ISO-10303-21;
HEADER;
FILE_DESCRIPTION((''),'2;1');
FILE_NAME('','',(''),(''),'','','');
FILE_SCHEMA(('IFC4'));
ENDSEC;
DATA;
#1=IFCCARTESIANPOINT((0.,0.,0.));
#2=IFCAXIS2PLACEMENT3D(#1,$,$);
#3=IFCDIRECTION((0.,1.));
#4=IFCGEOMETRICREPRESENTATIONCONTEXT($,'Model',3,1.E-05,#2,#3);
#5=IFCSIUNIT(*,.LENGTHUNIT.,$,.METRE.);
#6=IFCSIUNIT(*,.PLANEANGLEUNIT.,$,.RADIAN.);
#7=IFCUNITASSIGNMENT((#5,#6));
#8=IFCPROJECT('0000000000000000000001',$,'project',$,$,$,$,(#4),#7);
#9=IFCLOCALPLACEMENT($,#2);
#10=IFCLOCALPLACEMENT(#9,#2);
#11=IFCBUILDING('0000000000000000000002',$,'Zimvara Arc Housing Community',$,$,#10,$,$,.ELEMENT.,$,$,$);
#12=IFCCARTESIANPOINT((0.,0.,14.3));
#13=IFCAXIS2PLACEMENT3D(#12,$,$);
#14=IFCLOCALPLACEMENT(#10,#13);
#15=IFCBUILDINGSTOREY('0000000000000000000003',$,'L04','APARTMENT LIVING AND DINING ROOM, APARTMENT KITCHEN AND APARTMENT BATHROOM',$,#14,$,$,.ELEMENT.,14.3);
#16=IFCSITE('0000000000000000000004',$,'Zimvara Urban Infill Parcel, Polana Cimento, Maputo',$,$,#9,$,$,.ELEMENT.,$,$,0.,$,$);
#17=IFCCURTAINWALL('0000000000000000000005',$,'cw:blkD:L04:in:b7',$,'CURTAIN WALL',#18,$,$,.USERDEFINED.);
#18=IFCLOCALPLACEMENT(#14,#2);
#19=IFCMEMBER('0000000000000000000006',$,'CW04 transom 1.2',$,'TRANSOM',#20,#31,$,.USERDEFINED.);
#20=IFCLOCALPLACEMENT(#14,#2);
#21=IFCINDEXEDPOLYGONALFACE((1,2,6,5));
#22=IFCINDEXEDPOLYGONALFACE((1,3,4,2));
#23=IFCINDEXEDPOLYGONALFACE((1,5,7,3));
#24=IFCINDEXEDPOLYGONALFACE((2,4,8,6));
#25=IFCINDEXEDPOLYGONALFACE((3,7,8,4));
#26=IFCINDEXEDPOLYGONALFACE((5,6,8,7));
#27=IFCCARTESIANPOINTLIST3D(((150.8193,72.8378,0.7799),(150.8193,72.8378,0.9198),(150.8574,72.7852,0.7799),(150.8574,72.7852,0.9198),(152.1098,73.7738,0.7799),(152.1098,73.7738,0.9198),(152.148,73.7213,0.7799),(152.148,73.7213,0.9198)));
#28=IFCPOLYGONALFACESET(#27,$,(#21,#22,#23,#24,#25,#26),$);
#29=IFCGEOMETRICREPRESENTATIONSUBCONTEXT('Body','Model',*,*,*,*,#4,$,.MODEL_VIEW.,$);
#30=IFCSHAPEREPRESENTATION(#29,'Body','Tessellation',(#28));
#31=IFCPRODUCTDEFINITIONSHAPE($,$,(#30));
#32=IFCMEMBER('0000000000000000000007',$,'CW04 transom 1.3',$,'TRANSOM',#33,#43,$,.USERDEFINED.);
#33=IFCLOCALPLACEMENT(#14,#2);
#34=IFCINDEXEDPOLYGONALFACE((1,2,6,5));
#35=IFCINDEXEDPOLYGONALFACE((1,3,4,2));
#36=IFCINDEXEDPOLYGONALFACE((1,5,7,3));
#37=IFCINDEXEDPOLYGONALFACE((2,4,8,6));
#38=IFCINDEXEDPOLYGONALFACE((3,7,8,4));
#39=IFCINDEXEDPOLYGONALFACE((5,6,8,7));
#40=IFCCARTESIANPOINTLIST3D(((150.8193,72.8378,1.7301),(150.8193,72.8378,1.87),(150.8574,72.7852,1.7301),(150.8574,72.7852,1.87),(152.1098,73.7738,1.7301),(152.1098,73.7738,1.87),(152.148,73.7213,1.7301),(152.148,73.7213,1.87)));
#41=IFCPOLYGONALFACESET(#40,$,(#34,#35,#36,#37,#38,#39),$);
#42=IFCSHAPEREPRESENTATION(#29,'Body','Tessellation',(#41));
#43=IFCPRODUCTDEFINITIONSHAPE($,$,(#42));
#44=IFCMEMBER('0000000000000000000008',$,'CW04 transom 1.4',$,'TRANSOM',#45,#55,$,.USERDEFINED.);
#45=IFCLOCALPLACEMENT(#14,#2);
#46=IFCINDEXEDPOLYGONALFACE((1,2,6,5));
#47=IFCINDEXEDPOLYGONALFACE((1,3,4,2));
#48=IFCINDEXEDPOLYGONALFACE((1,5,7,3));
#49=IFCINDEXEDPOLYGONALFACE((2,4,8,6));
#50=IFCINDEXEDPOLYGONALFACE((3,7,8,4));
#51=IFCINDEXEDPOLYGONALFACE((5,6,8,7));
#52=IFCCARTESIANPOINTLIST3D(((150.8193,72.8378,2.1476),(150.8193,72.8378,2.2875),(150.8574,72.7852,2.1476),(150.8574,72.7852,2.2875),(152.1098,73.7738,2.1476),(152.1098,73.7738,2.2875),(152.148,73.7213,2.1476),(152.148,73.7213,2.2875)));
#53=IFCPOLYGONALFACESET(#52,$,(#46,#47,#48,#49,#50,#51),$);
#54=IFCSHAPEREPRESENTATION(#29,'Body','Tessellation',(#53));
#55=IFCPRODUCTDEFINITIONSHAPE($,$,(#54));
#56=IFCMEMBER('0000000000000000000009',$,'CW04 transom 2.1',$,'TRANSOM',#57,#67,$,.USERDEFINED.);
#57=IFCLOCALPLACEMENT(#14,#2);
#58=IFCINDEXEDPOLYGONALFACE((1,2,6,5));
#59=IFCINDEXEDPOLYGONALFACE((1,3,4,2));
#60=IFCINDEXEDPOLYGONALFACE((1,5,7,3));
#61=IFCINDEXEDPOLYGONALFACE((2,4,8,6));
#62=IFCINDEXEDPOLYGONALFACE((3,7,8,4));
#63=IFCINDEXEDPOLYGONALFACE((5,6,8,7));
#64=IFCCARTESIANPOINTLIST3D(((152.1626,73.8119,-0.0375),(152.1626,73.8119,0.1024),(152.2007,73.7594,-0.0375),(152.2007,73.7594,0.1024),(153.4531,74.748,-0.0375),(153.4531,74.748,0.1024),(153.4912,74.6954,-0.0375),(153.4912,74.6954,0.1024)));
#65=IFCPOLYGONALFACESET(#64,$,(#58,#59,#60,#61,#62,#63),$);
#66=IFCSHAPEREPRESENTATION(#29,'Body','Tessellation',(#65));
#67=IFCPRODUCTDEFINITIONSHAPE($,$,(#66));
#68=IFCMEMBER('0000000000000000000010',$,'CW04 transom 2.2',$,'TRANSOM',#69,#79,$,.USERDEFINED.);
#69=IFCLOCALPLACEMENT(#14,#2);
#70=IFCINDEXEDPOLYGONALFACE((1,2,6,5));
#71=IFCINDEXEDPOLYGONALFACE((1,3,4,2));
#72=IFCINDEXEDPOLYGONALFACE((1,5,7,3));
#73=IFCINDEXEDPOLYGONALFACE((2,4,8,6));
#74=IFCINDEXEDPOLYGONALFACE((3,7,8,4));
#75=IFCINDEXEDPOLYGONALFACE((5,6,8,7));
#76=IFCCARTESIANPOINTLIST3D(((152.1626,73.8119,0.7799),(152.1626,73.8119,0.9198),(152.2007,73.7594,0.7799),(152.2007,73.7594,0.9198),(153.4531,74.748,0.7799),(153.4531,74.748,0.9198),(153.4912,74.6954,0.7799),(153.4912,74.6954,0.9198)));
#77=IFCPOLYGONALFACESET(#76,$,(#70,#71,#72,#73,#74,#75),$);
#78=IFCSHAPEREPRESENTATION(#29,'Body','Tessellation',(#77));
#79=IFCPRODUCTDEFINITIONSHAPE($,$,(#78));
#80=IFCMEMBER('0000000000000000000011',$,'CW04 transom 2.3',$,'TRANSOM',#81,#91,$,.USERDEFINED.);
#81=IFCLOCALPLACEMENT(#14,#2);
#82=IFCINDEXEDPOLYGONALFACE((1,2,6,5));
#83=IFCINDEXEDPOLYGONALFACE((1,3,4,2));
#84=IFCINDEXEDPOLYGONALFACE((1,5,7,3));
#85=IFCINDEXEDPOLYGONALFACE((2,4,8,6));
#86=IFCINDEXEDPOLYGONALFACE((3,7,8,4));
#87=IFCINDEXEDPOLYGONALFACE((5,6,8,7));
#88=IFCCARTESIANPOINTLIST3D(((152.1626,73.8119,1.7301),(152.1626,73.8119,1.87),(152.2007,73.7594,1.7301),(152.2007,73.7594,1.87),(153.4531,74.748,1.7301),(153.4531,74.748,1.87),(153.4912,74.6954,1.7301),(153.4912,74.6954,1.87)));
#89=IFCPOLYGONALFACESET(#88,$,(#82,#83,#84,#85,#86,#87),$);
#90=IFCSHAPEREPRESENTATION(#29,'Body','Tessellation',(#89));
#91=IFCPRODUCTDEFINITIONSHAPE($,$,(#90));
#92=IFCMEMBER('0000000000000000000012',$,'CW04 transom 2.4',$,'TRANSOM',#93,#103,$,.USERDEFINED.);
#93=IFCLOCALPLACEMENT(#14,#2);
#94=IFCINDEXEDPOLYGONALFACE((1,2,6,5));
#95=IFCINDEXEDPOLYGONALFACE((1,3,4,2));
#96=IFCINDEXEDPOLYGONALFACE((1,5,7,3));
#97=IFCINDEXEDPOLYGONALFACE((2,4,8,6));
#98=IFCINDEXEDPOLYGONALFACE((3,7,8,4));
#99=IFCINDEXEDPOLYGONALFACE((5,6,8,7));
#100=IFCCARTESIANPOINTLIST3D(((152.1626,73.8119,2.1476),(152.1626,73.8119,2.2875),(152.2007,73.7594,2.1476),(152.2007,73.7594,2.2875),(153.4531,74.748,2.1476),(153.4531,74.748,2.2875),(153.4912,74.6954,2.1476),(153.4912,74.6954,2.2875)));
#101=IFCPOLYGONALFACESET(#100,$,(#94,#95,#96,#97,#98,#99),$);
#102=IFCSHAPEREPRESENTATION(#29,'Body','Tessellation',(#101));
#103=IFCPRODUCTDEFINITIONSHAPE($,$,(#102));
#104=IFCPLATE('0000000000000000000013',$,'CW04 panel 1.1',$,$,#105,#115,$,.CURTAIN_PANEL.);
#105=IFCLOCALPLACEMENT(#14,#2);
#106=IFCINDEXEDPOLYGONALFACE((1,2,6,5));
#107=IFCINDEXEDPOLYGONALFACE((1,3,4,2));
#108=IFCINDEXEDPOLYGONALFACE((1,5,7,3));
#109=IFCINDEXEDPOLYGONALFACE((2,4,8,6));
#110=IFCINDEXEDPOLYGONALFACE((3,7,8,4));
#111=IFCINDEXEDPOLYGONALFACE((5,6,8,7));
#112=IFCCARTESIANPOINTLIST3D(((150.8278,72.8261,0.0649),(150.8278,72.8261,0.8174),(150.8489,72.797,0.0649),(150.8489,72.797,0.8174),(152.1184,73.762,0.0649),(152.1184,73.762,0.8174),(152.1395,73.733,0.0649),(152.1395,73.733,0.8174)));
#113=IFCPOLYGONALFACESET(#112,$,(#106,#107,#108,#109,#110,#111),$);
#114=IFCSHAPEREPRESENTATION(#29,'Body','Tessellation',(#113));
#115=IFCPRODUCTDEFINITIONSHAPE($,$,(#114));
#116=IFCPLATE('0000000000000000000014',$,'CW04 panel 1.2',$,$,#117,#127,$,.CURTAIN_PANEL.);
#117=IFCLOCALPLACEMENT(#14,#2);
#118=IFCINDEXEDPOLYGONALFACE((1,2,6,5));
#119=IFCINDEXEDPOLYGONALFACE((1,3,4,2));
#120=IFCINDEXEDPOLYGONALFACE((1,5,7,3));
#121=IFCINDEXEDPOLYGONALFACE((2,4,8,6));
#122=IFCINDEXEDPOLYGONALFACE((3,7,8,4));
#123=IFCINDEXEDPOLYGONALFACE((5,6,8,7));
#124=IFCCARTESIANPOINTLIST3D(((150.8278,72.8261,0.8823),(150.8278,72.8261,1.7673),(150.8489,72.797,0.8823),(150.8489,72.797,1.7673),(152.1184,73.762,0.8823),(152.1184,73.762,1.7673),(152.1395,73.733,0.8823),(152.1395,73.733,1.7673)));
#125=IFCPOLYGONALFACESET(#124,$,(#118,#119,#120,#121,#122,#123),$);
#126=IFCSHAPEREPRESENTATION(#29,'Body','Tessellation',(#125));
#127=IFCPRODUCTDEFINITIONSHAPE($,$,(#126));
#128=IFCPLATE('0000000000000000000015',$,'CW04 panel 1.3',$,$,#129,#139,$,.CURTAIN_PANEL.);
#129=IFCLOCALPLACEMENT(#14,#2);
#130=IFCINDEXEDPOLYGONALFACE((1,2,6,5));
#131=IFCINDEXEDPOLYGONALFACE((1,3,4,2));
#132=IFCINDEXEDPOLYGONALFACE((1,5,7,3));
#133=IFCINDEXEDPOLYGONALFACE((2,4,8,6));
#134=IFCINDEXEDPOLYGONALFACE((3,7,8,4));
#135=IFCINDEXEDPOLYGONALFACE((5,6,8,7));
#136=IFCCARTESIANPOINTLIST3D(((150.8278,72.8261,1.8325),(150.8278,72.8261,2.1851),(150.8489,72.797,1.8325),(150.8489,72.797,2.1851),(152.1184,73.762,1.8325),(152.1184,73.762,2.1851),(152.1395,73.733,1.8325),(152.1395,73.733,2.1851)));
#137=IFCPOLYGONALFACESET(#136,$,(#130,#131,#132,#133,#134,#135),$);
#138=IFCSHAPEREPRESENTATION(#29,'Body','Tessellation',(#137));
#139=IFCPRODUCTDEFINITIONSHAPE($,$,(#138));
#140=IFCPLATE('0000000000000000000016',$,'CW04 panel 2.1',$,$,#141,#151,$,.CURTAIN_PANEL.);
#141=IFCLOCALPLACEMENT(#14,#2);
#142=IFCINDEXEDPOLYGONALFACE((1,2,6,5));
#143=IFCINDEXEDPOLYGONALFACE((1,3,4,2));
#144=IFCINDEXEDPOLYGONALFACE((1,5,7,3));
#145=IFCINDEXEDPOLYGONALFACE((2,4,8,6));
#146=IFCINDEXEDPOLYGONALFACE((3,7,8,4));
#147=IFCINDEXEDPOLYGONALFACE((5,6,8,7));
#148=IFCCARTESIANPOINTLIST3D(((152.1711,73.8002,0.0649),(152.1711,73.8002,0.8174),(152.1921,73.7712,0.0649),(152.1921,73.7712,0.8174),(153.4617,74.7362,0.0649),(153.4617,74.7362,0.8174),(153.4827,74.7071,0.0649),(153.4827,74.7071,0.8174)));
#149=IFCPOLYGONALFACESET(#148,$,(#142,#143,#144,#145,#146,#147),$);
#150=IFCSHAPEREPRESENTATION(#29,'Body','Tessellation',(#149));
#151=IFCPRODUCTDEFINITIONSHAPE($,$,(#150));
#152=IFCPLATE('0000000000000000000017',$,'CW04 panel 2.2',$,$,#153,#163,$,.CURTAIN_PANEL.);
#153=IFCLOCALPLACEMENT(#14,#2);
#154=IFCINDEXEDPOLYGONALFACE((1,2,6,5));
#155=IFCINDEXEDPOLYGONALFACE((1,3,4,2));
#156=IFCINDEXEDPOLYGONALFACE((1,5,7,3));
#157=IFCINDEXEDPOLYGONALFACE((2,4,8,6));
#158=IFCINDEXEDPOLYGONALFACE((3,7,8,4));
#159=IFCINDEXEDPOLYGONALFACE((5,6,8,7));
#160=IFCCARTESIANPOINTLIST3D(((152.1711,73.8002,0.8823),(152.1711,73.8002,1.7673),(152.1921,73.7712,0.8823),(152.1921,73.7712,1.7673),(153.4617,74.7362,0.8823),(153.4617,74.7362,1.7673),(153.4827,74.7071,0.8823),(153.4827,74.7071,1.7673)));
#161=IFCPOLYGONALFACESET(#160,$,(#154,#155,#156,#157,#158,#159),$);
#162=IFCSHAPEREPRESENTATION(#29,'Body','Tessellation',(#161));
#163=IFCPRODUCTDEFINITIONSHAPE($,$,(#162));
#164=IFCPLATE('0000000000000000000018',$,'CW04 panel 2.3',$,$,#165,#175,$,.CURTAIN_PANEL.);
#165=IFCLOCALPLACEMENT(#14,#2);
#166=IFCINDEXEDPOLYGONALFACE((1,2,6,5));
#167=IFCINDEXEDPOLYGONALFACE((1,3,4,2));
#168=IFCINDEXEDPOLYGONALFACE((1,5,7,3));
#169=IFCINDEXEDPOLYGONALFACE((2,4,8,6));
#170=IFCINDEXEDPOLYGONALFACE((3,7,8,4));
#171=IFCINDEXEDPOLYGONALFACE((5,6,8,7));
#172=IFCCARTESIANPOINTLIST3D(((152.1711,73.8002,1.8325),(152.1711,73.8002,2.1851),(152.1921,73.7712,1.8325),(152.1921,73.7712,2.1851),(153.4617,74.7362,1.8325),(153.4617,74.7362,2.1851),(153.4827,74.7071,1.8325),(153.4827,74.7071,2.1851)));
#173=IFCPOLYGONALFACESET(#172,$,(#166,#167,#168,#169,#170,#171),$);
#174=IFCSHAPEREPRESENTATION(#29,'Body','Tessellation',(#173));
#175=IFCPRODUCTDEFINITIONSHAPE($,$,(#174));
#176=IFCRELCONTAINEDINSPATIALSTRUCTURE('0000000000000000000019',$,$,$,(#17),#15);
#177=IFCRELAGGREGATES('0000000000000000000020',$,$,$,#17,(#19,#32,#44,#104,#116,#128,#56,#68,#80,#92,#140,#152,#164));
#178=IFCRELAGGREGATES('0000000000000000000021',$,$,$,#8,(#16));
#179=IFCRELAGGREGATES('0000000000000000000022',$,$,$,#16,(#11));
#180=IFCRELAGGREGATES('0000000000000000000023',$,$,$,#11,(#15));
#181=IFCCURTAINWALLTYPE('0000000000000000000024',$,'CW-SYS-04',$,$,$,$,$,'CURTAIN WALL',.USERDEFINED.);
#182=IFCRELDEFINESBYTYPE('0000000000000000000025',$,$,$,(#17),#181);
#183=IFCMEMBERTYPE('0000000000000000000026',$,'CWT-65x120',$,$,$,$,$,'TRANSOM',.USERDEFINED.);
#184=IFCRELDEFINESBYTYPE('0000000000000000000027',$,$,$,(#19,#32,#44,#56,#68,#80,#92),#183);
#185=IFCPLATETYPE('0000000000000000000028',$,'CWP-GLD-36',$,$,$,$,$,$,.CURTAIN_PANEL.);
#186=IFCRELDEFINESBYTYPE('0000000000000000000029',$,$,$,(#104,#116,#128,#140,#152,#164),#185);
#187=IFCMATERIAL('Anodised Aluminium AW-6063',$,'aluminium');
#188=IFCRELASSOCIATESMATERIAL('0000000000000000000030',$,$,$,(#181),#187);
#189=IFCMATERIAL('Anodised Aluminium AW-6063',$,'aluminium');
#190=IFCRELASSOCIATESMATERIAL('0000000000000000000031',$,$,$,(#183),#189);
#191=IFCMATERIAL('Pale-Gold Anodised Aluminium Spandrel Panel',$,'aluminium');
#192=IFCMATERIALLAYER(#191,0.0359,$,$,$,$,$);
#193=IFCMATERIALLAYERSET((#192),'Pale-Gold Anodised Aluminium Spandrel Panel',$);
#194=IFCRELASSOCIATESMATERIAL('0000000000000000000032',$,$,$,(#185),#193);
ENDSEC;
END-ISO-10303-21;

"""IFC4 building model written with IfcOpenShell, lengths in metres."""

from ifc_helpers import new_model, si_unit, direction, frame, origin, origin_2d, place, context, subcontext, project, spatial, rectangle, extrude, material, layer, layer_set, material_profile, profile_set, type_object, element, aggregate, save


model = new_model("IFC4")

# Units and contexts
model_context = context("Model", 3, precision=1e-05, world=origin(), true_north=direction((0.0, 1.0)))
body_context = subcontext(model_context, "Body", "Model", "MODEL_VIEW")
ifc_project = project(units=[si_unit("LENGTHUNIT", "METRE"), si_unit("PLANEANGLEUNIT", "RADIAN")], contexts=[model_context])

# Site, building, storey
site_placement = place(None, origin())
site = spatial("IfcSite", under=ifc_project, at=site_placement, Name="Zimvara Urban Infill Parcel, Polana Cimento, Maputo", CompositionType="ELEMENT", RefElevation=0.0)
building_placement = place(site_placement, origin())
building = spatial("IfcBuilding", under=site, at=building_placement, Name="Zimvara Arc Housing Community", CompositionType="ELEMENT")
storey_placement = place(building_placement, frame((0.0, 0.0, 14.3)))
storey = spatial("IfcBuildingStorey", under=building, at=storey_placement, Name="L04", Description="APARTMENT LIVING AND DINING ROOM, APARTMENT KITCHEN AND APARTMENT BATHROOM", CompositionType="ELEMENT", Elevation=14.3)

# Curtain wall, members, plates
ifc_material_1 = material(Name="Anodised Aluminium AW-6063", Category="aluminium")
curtain_wall_type = type_object("IfcCurtainWallType", Name="CW-SYS-04", ElementType="CURTAIN WALL", PredefinedType="USERDEFINED", material=ifc_material_1)
curtain_wall_placement = place(storey_placement, origin())
curtain_wall = element("IfcCurtainWall", 1, at=curtain_wall_placement, inside=storey, type_object=curtain_wall_type, Name="cw:blkD:L04:in:b7", ObjectType="CURTAIN WALL", PredefinedType="USERDEFINED")
ifc_material_2 = material(Name="Anodised Aluminium AW-6063", Category="aluminium")
ifc_material_profile_1 = material_profile(ifc_material_2, rectangle(XDim=0.0649, YDim=0.1399, at=origin_2d()), Name="ALU 65x140")
ifc_profile_set_1 = profile_set([ifc_material_profile_1], Name="Anodised Aluminium AW-6063")
member_type_1 = type_object("IfcMemberType", Name="CWT-65x120", ElementType="TRANSOM", PredefinedType="USERDEFINED", material=ifc_profile_set_1)
member_1_placement = place(storey_placement, frame((150.8384, 72.8115, 0.8499), z_axis=(0.80949, 0.587133, 0.0), x_axis=(-0.587133, 0.80949, 0.0)))
member_1 = element("IfcMember", 2, at=member_1_placement, type_object=member_type_1, Name="CW04 transom 1.2", ObjectType="TRANSOM", PredefinedType="USERDEFINED", context=body_context, shape_type="SweptSolid", body=[
    extrude(rectangle(XDim=0.0649, YDim=0.1399, at=origin_2d()), origin(), (0.0, 0.0, 1.0), 1.5942),
])
member_2_placement = place(storey_placement, frame((150.8384, 72.8115, 1.8), z_axis=(0.80949, 0.587133, 0.0), x_axis=(-0.587133, 0.80949, 0.0)))
member_2 = element("IfcMember", 3, at=member_2_placement, type_object=member_type_1, Name="CW04 transom 1.3", ObjectType="TRANSOM", PredefinedType="USERDEFINED", context=body_context, shape_type="SweptSolid", body=[
    extrude(rectangle(XDim=0.0649, YDim=0.1399, at=origin_2d()), origin(), (0.0, 0.0, 1.0), 1.5942),
])
member_3_placement = place(storey_placement, frame((150.8384, 72.8115, 2.2175), z_axis=(0.80949, 0.587133, 0.0), x_axis=(-0.587133, 0.80949, 0.0)))
member_3 = element("IfcMember", 4, at=member_3_placement, type_object=member_type_1, Name="CW04 transom 1.4", ObjectType="TRANSOM", PredefinedType="USERDEFINED", context=body_context, shape_type="SweptSolid", body=[
    extrude(rectangle(XDim=0.0649, YDim=0.1399, at=origin_2d()), origin(), (0.0, 0.0, 1.0), 1.5942),
])
member_4_placement = place(storey_placement, frame((152.1816, 73.7856, 0.0325), z_axis=(0.80949, 0.587133, 0.0), x_axis=(-0.587133, 0.80949, 0.0)))
member_4 = element("IfcMember", 5, at=member_4_placement, type_object=member_type_1, Name="CW04 transom 2.1", ObjectType="TRANSOM", PredefinedType="USERDEFINED", context=body_context, shape_type="SweptSolid", body=[
    extrude(rectangle(XDim=0.0649, YDim=0.1399, at=origin_2d()), origin(), (0.0, 0.0, 1.0), 1.5942),
])
member_5_placement = place(storey_placement, frame((152.1816, 73.7856, 0.8499), z_axis=(0.80949, 0.587133, 0.0), x_axis=(-0.587133, 0.80949, 0.0)))
member_5 = element("IfcMember", 6, at=member_5_placement, type_object=member_type_1, Name="CW04 transom 2.2", ObjectType="TRANSOM", PredefinedType="USERDEFINED", context=body_context, shape_type="SweptSolid", body=[
    extrude(rectangle(XDim=0.0649, YDim=0.1399, at=origin_2d()), origin(), (0.0, 0.0, 1.0), 1.5942),
])
member_6_placement = place(storey_placement, frame((152.1816, 73.7856, 1.8), z_axis=(0.80949, 0.587133, 0.0), x_axis=(-0.587133, 0.80949, 0.0)))
member_6 = element("IfcMember", 7, at=member_6_placement, type_object=member_type_1, Name="CW04 transom 2.3", ObjectType="TRANSOM", PredefinedType="USERDEFINED", context=body_context, shape_type="SweptSolid", body=[
    extrude(rectangle(XDim=0.0649, YDim=0.1399, at=origin_2d()), origin(), (0.0, 0.0, 1.0), 1.5942),
])
member_7_placement = place(storey_placement, frame((152.1816, 73.7856, 2.2175), z_axis=(0.80949, 0.587133, 0.0), x_axis=(-0.587133, 0.80949, 0.0)))
member_7 = element("IfcMember", 8, at=member_7_placement, type_object=member_type_1, Name="CW04 transom 2.4", ObjectType="TRANSOM", PredefinedType="USERDEFINED", context=body_context, shape_type="SweptSolid", body=[
    extrude(rectangle(XDim=0.0649, YDim=0.1399, at=origin_2d()), origin(), (0.0, 0.0, 1.0), 1.5942),
])
ifc_material_3 = material(Name="Pale-Gold Anodised Aluminium Spandrel Panel", Category="aluminium")
ifc_layer_1 = layer(ifc_material_3, 0.0359)
ifc_layer_set_1 = layer_set([ifc_layer_1], Name="Pale-Gold Anodised Aluminium Spandrel Panel")
plate_type = type_object("IfcPlateType", Name="CWP-GLD-36", PredefinedType="CURTAIN_PANEL", material=ifc_layer_set_1)
plate_1_placement = place(storey_placement, frame((151.4836, 73.2795, 0.0649), z_axis=(0.0, 0.0, 1.0), x_axis=(0.809529, 0.587079, 0.0)))
plate_1 = element("IfcPlate", 9, at=plate_1_placement, type_object=plate_type, Name="CW04 panel 1.1", PredefinedType="CURTAIN_PANEL", context=body_context, shape_type="SweptSolid", body=[
    extrude(rectangle(XDim=1.5942, YDim=0.0359, at=origin_2d()), origin(), (0.0, 0.0, 1.0), 0.7524),
])
plate_2_placement = place(storey_placement, frame((151.4836, 73.2795, 0.8823), z_axis=(0.0, 0.0, 1.0), x_axis=(0.809529, 0.587079, 0.0)))
plate_2 = element("IfcPlate", 10, at=plate_2_placement, type_object=plate_type, Name="CW04 panel 1.2", PredefinedType="CURTAIN_PANEL", context=body_context, shape_type="SweptSolid", body=[
    extrude(rectangle(XDim=1.5942, YDim=0.0359, at=origin_2d()), origin(), (0.0, 0.0, 1.0), 0.885),
])
plate_3_placement = place(storey_placement, frame((151.4836, 73.2795, 1.8325), z_axis=(0.0, 0.0, 1.0), x_axis=(0.809529, 0.587079, 0.0)))
plate_3 = element("IfcPlate", 11, at=plate_3_placement, type_object=plate_type, Name="CW04 panel 1.3", PredefinedType="CURTAIN_PANEL", context=body_context, shape_type="SweptSolid", body=[
    extrude(rectangle(XDim=1.5942, YDim=0.0359, at=origin_2d()), origin(), (0.0, 0.0, 1.0), 0.3525),
])
plate_4_placement = place(storey_placement, frame((152.8269, 74.2537, 0.0649), z_axis=(0.0, 0.0, 1.0), x_axis=(0.809529, 0.587079, 0.0)))
plate_4 = element("IfcPlate", 12, at=plate_4_placement, type_object=plate_type, Name="CW04 panel 2.1", PredefinedType="CURTAIN_PANEL", context=body_context, shape_type="SweptSolid", body=[
    extrude(rectangle(XDim=1.5942, YDim=0.0359, at=origin_2d()), origin(), (0.0, 0.0, 1.0), 0.7524),
])
plate_5_placement = place(storey_placement, frame((152.8269, 74.2537, 0.8823), z_axis=(0.0, 0.0, 1.0), x_axis=(0.809529, 0.587079, 0.0)))
plate_5 = element("IfcPlate", 13, at=plate_5_placement, type_object=plate_type, Name="CW04 panel 2.2", PredefinedType="CURTAIN_PANEL", context=body_context, shape_type="SweptSolid", body=[
    extrude(rectangle(XDim=1.5942, YDim=0.0359, at=origin_2d()), origin(), (0.0, 0.0, 1.0), 0.885),
])
plate_6_placement = place(storey_placement, frame((152.8269, 74.2537, 1.8325), z_axis=(0.0, 0.0, 1.0), x_axis=(0.809529, 0.587079, 0.0)))
plate_6 = element("IfcPlate", 14, at=plate_6_placement, type_object=plate_type, Name="CW04 panel 2.3", PredefinedType="CURTAIN_PANEL", context=body_context, shape_type="SweptSolid", body=[
    extrude(rectangle(XDim=1.5942, YDim=0.0359, at=origin_2d()), origin(), (0.0, 0.0, 1.0), 0.3525),
])
aggregate(curtain_wall, [member_1, member_2, member_3, plate_1, plate_2, plate_3, member_4, member_5, member_6, member_7, plate_4, plate_5, plate_6])

save(model, "model.ifc")
